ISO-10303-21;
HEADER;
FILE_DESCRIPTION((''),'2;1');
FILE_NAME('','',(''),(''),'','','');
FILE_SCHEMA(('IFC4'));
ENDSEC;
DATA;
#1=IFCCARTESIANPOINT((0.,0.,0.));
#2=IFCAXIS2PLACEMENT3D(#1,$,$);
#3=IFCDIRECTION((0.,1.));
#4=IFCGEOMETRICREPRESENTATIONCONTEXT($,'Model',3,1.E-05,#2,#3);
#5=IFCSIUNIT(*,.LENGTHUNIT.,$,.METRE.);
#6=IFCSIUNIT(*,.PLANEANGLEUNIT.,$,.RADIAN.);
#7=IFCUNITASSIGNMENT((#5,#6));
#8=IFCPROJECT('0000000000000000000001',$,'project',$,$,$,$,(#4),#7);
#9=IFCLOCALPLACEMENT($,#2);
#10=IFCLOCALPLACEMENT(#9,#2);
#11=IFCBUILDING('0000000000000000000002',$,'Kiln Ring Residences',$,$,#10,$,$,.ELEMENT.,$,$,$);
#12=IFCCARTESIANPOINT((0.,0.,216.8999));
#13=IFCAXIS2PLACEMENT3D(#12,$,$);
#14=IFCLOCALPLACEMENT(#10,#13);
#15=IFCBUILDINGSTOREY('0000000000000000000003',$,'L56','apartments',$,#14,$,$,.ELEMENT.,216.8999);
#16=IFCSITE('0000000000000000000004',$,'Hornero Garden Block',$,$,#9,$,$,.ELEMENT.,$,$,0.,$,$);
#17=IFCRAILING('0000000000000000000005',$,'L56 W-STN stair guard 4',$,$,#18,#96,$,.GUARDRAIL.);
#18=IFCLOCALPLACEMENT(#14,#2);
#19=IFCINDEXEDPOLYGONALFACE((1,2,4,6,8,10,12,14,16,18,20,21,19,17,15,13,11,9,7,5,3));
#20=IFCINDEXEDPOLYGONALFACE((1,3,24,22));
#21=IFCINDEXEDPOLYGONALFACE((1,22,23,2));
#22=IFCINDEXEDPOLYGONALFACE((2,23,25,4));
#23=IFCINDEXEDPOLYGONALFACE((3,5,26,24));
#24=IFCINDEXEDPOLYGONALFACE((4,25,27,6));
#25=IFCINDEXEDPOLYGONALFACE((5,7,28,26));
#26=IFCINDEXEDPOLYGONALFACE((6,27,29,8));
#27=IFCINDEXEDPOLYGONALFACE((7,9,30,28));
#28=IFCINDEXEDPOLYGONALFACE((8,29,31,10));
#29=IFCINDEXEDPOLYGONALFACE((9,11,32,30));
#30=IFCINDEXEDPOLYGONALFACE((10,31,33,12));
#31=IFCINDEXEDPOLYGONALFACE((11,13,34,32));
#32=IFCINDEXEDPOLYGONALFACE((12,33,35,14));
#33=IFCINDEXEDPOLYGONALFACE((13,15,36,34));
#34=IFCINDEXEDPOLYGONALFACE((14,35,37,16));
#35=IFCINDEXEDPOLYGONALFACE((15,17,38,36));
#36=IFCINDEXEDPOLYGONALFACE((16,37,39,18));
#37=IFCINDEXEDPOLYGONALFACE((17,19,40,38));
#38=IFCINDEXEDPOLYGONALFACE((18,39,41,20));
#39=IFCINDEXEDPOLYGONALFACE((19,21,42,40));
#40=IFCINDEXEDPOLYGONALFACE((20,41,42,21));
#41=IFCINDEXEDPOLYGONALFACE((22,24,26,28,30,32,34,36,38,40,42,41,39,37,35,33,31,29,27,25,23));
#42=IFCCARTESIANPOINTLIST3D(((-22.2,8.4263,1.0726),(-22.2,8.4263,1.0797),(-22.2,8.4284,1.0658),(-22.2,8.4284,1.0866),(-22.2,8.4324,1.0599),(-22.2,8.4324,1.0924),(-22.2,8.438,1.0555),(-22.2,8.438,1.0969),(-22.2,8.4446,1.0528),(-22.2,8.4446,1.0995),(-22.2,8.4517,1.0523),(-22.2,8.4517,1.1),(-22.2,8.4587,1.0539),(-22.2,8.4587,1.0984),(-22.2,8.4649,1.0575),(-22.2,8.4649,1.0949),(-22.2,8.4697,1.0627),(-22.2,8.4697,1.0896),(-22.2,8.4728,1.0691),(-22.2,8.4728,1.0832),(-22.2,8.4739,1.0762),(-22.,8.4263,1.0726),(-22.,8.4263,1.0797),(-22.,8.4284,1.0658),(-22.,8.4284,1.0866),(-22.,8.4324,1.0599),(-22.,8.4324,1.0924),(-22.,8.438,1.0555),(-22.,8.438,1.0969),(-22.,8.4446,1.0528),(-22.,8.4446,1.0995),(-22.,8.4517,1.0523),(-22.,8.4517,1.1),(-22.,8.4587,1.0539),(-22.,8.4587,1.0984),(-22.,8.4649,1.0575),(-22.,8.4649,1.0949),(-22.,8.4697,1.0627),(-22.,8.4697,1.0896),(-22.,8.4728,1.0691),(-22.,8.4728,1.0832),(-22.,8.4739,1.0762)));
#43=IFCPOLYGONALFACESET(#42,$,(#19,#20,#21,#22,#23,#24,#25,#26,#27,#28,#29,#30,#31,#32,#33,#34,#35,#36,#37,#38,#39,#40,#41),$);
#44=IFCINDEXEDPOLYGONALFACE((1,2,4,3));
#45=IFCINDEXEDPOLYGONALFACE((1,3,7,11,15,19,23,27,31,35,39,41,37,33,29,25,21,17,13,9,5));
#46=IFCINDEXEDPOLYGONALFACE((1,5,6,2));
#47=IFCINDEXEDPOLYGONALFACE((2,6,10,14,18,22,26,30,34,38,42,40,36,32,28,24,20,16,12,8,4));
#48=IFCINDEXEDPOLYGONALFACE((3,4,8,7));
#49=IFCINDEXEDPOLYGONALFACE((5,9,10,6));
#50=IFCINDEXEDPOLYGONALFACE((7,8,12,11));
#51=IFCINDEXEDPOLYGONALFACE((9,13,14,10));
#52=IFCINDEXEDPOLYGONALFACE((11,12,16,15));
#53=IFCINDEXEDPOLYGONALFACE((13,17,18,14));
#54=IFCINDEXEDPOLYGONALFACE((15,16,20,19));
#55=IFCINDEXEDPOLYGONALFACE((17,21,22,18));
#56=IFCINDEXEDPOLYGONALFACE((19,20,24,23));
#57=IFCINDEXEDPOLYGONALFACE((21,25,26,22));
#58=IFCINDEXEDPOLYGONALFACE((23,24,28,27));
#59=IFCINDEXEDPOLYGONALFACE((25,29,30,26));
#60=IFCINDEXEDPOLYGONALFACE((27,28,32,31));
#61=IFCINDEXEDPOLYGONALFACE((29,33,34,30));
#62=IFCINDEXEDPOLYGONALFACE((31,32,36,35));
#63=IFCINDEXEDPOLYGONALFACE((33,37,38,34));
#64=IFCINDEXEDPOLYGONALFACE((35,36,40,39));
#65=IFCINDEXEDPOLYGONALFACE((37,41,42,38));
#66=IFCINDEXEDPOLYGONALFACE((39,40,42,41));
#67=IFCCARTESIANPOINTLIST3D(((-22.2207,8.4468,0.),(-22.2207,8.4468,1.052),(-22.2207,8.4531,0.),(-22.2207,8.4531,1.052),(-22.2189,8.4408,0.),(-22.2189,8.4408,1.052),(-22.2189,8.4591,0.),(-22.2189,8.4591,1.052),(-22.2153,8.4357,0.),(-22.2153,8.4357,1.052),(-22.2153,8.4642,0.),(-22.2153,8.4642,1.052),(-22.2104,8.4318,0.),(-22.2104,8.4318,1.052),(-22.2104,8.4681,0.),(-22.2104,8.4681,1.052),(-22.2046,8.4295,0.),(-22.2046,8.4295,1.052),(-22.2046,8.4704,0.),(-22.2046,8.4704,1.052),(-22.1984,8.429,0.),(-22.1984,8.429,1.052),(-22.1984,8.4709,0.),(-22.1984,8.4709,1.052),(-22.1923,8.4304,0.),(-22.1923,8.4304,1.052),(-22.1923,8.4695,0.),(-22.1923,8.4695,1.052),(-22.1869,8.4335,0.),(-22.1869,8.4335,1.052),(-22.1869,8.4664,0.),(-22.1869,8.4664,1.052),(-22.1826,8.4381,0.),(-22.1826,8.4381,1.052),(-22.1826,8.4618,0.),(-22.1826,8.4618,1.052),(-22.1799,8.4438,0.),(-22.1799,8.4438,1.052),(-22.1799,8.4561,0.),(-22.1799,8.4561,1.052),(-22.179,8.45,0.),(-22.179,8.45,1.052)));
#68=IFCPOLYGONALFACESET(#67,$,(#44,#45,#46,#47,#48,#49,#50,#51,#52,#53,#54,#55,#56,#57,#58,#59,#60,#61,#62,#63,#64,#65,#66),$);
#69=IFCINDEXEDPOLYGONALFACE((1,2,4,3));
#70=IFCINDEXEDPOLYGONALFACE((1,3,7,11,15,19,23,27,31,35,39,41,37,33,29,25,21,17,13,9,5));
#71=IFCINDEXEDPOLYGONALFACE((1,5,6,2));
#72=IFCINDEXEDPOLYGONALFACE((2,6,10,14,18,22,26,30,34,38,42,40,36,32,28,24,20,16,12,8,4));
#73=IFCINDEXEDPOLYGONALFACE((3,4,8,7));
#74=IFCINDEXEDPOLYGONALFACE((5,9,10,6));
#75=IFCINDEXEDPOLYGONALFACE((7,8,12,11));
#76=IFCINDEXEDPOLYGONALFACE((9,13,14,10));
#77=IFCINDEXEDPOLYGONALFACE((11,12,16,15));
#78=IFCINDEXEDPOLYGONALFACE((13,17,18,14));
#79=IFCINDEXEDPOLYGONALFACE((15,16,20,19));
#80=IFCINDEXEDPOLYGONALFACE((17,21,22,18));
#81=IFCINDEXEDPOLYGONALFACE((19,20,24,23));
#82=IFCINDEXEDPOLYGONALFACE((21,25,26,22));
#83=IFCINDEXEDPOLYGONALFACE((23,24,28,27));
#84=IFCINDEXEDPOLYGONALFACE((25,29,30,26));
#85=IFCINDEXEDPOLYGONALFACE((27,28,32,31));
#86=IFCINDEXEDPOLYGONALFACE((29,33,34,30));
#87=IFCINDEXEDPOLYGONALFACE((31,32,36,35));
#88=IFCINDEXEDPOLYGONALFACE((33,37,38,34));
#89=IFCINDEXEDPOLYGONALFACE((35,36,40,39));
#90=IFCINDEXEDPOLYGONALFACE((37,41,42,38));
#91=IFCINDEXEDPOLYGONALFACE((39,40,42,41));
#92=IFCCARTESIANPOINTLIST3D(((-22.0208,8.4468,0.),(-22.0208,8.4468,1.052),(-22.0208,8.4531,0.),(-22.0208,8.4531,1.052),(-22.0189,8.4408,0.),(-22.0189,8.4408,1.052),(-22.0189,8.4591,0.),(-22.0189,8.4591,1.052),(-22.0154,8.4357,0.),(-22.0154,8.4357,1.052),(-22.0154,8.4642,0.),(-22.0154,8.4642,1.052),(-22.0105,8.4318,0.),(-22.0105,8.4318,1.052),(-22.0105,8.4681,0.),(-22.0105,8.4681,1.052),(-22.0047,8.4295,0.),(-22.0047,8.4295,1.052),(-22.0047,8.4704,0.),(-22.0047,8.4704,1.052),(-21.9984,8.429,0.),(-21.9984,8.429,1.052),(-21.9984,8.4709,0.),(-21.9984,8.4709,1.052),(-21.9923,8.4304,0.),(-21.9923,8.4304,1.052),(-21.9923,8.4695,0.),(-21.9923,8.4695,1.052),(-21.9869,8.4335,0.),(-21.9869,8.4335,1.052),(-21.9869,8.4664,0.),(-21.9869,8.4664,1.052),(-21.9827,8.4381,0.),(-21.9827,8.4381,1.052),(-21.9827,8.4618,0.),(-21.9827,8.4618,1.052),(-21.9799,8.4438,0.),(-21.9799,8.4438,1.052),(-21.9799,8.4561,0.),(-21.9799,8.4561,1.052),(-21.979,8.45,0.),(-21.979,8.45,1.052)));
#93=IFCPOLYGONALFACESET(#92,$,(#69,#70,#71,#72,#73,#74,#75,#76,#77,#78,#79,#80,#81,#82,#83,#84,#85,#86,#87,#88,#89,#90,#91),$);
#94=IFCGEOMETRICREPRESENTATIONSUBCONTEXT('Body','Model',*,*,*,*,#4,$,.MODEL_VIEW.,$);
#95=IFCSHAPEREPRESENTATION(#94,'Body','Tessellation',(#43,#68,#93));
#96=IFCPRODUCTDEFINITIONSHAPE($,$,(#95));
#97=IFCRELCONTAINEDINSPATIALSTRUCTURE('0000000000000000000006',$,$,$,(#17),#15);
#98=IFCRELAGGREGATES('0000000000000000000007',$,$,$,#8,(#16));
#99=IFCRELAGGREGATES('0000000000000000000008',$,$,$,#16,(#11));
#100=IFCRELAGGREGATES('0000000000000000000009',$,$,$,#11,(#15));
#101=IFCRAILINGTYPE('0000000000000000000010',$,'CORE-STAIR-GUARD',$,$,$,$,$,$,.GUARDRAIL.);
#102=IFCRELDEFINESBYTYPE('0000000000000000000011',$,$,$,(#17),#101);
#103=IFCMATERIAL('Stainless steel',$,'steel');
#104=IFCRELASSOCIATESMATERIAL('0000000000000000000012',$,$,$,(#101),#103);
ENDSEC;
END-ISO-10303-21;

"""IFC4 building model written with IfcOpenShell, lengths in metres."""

from ifc_helpers import new_model, si_unit, direction, frame, origin, origin_2d, place, context, subcontext, project, spatial, circle, extrude, material, type_object, element, save


model = new_model("IFC4")

# Units and contexts
model_context = context("Model", 3, precision=1e-05, world=origin(), true_north=direction((0.0, 1.0)))
body_context = subcontext(model_context, "Body", "Model", "MODEL_VIEW")
ifc_project = project(units=[si_unit("LENGTHUNIT", "METRE"), si_unit("PLANEANGLEUNIT", "RADIAN")], contexts=[model_context])

# Site, building, storey
site_placement = place(None, origin())
site = spatial("IfcSite", under=ifc_project, at=site_placement, Name="Hornero Garden Block", CompositionType="ELEMENT", RefElevation=0.0)
building_placement = place(site_placement, origin())
building = spatial("IfcBuilding", under=site, at=building_placement, Name="Kiln Ring Residences", CompositionType="ELEMENT")
storey_placement = place(building_placement, frame((0.0, 0.0, 216.8999)))
storey = spatial("IfcBuildingStorey", under=building, at=storey_placement, Name="L56", Description="apartments", CompositionType="ELEMENT", Elevation=216.8999)

# Railing
ifc_material_1 = material(Name="Stainless steel", Category="steel")
railing_type_1 = type_object("IfcRailingType", Name="CORE-STAIR-GUARD", PredefinedType="GUARDRAIL", material=ifc_material_1)
railing_1_placement = place(storey_placement, frame((-22.2, 8.45, 0.0)))
element("IfcRailing", 1, at=railing_1_placement, inside=storey, type_object=railing_type_1, Name="L56 W-STN stair guard 4", PredefinedType="GUARDRAIL", context=body_context, shape_type="SweptSolid", body=[
    extrude(circle(Radius=0.0239, at=origin_2d()), frame((0.0, 0.0, 1.0762), z_axis=(1.0, 0.0, 0.0), x_axis=(0.0, 1.0, 0.0)), (0.0, 0.0, 1.0), 0.2),
    extrude(circle(Radius=0.021, at=origin_2d()), origin(), (0.0, 0.0, 1.0), 1.052),
    extrude(circle(Radius=0.021, at=origin_2d()), frame((0.2, 0.0, 0.0)), (0.0, 0.0, 1.0), 1.052),
])

save(model, "model.ifc")
